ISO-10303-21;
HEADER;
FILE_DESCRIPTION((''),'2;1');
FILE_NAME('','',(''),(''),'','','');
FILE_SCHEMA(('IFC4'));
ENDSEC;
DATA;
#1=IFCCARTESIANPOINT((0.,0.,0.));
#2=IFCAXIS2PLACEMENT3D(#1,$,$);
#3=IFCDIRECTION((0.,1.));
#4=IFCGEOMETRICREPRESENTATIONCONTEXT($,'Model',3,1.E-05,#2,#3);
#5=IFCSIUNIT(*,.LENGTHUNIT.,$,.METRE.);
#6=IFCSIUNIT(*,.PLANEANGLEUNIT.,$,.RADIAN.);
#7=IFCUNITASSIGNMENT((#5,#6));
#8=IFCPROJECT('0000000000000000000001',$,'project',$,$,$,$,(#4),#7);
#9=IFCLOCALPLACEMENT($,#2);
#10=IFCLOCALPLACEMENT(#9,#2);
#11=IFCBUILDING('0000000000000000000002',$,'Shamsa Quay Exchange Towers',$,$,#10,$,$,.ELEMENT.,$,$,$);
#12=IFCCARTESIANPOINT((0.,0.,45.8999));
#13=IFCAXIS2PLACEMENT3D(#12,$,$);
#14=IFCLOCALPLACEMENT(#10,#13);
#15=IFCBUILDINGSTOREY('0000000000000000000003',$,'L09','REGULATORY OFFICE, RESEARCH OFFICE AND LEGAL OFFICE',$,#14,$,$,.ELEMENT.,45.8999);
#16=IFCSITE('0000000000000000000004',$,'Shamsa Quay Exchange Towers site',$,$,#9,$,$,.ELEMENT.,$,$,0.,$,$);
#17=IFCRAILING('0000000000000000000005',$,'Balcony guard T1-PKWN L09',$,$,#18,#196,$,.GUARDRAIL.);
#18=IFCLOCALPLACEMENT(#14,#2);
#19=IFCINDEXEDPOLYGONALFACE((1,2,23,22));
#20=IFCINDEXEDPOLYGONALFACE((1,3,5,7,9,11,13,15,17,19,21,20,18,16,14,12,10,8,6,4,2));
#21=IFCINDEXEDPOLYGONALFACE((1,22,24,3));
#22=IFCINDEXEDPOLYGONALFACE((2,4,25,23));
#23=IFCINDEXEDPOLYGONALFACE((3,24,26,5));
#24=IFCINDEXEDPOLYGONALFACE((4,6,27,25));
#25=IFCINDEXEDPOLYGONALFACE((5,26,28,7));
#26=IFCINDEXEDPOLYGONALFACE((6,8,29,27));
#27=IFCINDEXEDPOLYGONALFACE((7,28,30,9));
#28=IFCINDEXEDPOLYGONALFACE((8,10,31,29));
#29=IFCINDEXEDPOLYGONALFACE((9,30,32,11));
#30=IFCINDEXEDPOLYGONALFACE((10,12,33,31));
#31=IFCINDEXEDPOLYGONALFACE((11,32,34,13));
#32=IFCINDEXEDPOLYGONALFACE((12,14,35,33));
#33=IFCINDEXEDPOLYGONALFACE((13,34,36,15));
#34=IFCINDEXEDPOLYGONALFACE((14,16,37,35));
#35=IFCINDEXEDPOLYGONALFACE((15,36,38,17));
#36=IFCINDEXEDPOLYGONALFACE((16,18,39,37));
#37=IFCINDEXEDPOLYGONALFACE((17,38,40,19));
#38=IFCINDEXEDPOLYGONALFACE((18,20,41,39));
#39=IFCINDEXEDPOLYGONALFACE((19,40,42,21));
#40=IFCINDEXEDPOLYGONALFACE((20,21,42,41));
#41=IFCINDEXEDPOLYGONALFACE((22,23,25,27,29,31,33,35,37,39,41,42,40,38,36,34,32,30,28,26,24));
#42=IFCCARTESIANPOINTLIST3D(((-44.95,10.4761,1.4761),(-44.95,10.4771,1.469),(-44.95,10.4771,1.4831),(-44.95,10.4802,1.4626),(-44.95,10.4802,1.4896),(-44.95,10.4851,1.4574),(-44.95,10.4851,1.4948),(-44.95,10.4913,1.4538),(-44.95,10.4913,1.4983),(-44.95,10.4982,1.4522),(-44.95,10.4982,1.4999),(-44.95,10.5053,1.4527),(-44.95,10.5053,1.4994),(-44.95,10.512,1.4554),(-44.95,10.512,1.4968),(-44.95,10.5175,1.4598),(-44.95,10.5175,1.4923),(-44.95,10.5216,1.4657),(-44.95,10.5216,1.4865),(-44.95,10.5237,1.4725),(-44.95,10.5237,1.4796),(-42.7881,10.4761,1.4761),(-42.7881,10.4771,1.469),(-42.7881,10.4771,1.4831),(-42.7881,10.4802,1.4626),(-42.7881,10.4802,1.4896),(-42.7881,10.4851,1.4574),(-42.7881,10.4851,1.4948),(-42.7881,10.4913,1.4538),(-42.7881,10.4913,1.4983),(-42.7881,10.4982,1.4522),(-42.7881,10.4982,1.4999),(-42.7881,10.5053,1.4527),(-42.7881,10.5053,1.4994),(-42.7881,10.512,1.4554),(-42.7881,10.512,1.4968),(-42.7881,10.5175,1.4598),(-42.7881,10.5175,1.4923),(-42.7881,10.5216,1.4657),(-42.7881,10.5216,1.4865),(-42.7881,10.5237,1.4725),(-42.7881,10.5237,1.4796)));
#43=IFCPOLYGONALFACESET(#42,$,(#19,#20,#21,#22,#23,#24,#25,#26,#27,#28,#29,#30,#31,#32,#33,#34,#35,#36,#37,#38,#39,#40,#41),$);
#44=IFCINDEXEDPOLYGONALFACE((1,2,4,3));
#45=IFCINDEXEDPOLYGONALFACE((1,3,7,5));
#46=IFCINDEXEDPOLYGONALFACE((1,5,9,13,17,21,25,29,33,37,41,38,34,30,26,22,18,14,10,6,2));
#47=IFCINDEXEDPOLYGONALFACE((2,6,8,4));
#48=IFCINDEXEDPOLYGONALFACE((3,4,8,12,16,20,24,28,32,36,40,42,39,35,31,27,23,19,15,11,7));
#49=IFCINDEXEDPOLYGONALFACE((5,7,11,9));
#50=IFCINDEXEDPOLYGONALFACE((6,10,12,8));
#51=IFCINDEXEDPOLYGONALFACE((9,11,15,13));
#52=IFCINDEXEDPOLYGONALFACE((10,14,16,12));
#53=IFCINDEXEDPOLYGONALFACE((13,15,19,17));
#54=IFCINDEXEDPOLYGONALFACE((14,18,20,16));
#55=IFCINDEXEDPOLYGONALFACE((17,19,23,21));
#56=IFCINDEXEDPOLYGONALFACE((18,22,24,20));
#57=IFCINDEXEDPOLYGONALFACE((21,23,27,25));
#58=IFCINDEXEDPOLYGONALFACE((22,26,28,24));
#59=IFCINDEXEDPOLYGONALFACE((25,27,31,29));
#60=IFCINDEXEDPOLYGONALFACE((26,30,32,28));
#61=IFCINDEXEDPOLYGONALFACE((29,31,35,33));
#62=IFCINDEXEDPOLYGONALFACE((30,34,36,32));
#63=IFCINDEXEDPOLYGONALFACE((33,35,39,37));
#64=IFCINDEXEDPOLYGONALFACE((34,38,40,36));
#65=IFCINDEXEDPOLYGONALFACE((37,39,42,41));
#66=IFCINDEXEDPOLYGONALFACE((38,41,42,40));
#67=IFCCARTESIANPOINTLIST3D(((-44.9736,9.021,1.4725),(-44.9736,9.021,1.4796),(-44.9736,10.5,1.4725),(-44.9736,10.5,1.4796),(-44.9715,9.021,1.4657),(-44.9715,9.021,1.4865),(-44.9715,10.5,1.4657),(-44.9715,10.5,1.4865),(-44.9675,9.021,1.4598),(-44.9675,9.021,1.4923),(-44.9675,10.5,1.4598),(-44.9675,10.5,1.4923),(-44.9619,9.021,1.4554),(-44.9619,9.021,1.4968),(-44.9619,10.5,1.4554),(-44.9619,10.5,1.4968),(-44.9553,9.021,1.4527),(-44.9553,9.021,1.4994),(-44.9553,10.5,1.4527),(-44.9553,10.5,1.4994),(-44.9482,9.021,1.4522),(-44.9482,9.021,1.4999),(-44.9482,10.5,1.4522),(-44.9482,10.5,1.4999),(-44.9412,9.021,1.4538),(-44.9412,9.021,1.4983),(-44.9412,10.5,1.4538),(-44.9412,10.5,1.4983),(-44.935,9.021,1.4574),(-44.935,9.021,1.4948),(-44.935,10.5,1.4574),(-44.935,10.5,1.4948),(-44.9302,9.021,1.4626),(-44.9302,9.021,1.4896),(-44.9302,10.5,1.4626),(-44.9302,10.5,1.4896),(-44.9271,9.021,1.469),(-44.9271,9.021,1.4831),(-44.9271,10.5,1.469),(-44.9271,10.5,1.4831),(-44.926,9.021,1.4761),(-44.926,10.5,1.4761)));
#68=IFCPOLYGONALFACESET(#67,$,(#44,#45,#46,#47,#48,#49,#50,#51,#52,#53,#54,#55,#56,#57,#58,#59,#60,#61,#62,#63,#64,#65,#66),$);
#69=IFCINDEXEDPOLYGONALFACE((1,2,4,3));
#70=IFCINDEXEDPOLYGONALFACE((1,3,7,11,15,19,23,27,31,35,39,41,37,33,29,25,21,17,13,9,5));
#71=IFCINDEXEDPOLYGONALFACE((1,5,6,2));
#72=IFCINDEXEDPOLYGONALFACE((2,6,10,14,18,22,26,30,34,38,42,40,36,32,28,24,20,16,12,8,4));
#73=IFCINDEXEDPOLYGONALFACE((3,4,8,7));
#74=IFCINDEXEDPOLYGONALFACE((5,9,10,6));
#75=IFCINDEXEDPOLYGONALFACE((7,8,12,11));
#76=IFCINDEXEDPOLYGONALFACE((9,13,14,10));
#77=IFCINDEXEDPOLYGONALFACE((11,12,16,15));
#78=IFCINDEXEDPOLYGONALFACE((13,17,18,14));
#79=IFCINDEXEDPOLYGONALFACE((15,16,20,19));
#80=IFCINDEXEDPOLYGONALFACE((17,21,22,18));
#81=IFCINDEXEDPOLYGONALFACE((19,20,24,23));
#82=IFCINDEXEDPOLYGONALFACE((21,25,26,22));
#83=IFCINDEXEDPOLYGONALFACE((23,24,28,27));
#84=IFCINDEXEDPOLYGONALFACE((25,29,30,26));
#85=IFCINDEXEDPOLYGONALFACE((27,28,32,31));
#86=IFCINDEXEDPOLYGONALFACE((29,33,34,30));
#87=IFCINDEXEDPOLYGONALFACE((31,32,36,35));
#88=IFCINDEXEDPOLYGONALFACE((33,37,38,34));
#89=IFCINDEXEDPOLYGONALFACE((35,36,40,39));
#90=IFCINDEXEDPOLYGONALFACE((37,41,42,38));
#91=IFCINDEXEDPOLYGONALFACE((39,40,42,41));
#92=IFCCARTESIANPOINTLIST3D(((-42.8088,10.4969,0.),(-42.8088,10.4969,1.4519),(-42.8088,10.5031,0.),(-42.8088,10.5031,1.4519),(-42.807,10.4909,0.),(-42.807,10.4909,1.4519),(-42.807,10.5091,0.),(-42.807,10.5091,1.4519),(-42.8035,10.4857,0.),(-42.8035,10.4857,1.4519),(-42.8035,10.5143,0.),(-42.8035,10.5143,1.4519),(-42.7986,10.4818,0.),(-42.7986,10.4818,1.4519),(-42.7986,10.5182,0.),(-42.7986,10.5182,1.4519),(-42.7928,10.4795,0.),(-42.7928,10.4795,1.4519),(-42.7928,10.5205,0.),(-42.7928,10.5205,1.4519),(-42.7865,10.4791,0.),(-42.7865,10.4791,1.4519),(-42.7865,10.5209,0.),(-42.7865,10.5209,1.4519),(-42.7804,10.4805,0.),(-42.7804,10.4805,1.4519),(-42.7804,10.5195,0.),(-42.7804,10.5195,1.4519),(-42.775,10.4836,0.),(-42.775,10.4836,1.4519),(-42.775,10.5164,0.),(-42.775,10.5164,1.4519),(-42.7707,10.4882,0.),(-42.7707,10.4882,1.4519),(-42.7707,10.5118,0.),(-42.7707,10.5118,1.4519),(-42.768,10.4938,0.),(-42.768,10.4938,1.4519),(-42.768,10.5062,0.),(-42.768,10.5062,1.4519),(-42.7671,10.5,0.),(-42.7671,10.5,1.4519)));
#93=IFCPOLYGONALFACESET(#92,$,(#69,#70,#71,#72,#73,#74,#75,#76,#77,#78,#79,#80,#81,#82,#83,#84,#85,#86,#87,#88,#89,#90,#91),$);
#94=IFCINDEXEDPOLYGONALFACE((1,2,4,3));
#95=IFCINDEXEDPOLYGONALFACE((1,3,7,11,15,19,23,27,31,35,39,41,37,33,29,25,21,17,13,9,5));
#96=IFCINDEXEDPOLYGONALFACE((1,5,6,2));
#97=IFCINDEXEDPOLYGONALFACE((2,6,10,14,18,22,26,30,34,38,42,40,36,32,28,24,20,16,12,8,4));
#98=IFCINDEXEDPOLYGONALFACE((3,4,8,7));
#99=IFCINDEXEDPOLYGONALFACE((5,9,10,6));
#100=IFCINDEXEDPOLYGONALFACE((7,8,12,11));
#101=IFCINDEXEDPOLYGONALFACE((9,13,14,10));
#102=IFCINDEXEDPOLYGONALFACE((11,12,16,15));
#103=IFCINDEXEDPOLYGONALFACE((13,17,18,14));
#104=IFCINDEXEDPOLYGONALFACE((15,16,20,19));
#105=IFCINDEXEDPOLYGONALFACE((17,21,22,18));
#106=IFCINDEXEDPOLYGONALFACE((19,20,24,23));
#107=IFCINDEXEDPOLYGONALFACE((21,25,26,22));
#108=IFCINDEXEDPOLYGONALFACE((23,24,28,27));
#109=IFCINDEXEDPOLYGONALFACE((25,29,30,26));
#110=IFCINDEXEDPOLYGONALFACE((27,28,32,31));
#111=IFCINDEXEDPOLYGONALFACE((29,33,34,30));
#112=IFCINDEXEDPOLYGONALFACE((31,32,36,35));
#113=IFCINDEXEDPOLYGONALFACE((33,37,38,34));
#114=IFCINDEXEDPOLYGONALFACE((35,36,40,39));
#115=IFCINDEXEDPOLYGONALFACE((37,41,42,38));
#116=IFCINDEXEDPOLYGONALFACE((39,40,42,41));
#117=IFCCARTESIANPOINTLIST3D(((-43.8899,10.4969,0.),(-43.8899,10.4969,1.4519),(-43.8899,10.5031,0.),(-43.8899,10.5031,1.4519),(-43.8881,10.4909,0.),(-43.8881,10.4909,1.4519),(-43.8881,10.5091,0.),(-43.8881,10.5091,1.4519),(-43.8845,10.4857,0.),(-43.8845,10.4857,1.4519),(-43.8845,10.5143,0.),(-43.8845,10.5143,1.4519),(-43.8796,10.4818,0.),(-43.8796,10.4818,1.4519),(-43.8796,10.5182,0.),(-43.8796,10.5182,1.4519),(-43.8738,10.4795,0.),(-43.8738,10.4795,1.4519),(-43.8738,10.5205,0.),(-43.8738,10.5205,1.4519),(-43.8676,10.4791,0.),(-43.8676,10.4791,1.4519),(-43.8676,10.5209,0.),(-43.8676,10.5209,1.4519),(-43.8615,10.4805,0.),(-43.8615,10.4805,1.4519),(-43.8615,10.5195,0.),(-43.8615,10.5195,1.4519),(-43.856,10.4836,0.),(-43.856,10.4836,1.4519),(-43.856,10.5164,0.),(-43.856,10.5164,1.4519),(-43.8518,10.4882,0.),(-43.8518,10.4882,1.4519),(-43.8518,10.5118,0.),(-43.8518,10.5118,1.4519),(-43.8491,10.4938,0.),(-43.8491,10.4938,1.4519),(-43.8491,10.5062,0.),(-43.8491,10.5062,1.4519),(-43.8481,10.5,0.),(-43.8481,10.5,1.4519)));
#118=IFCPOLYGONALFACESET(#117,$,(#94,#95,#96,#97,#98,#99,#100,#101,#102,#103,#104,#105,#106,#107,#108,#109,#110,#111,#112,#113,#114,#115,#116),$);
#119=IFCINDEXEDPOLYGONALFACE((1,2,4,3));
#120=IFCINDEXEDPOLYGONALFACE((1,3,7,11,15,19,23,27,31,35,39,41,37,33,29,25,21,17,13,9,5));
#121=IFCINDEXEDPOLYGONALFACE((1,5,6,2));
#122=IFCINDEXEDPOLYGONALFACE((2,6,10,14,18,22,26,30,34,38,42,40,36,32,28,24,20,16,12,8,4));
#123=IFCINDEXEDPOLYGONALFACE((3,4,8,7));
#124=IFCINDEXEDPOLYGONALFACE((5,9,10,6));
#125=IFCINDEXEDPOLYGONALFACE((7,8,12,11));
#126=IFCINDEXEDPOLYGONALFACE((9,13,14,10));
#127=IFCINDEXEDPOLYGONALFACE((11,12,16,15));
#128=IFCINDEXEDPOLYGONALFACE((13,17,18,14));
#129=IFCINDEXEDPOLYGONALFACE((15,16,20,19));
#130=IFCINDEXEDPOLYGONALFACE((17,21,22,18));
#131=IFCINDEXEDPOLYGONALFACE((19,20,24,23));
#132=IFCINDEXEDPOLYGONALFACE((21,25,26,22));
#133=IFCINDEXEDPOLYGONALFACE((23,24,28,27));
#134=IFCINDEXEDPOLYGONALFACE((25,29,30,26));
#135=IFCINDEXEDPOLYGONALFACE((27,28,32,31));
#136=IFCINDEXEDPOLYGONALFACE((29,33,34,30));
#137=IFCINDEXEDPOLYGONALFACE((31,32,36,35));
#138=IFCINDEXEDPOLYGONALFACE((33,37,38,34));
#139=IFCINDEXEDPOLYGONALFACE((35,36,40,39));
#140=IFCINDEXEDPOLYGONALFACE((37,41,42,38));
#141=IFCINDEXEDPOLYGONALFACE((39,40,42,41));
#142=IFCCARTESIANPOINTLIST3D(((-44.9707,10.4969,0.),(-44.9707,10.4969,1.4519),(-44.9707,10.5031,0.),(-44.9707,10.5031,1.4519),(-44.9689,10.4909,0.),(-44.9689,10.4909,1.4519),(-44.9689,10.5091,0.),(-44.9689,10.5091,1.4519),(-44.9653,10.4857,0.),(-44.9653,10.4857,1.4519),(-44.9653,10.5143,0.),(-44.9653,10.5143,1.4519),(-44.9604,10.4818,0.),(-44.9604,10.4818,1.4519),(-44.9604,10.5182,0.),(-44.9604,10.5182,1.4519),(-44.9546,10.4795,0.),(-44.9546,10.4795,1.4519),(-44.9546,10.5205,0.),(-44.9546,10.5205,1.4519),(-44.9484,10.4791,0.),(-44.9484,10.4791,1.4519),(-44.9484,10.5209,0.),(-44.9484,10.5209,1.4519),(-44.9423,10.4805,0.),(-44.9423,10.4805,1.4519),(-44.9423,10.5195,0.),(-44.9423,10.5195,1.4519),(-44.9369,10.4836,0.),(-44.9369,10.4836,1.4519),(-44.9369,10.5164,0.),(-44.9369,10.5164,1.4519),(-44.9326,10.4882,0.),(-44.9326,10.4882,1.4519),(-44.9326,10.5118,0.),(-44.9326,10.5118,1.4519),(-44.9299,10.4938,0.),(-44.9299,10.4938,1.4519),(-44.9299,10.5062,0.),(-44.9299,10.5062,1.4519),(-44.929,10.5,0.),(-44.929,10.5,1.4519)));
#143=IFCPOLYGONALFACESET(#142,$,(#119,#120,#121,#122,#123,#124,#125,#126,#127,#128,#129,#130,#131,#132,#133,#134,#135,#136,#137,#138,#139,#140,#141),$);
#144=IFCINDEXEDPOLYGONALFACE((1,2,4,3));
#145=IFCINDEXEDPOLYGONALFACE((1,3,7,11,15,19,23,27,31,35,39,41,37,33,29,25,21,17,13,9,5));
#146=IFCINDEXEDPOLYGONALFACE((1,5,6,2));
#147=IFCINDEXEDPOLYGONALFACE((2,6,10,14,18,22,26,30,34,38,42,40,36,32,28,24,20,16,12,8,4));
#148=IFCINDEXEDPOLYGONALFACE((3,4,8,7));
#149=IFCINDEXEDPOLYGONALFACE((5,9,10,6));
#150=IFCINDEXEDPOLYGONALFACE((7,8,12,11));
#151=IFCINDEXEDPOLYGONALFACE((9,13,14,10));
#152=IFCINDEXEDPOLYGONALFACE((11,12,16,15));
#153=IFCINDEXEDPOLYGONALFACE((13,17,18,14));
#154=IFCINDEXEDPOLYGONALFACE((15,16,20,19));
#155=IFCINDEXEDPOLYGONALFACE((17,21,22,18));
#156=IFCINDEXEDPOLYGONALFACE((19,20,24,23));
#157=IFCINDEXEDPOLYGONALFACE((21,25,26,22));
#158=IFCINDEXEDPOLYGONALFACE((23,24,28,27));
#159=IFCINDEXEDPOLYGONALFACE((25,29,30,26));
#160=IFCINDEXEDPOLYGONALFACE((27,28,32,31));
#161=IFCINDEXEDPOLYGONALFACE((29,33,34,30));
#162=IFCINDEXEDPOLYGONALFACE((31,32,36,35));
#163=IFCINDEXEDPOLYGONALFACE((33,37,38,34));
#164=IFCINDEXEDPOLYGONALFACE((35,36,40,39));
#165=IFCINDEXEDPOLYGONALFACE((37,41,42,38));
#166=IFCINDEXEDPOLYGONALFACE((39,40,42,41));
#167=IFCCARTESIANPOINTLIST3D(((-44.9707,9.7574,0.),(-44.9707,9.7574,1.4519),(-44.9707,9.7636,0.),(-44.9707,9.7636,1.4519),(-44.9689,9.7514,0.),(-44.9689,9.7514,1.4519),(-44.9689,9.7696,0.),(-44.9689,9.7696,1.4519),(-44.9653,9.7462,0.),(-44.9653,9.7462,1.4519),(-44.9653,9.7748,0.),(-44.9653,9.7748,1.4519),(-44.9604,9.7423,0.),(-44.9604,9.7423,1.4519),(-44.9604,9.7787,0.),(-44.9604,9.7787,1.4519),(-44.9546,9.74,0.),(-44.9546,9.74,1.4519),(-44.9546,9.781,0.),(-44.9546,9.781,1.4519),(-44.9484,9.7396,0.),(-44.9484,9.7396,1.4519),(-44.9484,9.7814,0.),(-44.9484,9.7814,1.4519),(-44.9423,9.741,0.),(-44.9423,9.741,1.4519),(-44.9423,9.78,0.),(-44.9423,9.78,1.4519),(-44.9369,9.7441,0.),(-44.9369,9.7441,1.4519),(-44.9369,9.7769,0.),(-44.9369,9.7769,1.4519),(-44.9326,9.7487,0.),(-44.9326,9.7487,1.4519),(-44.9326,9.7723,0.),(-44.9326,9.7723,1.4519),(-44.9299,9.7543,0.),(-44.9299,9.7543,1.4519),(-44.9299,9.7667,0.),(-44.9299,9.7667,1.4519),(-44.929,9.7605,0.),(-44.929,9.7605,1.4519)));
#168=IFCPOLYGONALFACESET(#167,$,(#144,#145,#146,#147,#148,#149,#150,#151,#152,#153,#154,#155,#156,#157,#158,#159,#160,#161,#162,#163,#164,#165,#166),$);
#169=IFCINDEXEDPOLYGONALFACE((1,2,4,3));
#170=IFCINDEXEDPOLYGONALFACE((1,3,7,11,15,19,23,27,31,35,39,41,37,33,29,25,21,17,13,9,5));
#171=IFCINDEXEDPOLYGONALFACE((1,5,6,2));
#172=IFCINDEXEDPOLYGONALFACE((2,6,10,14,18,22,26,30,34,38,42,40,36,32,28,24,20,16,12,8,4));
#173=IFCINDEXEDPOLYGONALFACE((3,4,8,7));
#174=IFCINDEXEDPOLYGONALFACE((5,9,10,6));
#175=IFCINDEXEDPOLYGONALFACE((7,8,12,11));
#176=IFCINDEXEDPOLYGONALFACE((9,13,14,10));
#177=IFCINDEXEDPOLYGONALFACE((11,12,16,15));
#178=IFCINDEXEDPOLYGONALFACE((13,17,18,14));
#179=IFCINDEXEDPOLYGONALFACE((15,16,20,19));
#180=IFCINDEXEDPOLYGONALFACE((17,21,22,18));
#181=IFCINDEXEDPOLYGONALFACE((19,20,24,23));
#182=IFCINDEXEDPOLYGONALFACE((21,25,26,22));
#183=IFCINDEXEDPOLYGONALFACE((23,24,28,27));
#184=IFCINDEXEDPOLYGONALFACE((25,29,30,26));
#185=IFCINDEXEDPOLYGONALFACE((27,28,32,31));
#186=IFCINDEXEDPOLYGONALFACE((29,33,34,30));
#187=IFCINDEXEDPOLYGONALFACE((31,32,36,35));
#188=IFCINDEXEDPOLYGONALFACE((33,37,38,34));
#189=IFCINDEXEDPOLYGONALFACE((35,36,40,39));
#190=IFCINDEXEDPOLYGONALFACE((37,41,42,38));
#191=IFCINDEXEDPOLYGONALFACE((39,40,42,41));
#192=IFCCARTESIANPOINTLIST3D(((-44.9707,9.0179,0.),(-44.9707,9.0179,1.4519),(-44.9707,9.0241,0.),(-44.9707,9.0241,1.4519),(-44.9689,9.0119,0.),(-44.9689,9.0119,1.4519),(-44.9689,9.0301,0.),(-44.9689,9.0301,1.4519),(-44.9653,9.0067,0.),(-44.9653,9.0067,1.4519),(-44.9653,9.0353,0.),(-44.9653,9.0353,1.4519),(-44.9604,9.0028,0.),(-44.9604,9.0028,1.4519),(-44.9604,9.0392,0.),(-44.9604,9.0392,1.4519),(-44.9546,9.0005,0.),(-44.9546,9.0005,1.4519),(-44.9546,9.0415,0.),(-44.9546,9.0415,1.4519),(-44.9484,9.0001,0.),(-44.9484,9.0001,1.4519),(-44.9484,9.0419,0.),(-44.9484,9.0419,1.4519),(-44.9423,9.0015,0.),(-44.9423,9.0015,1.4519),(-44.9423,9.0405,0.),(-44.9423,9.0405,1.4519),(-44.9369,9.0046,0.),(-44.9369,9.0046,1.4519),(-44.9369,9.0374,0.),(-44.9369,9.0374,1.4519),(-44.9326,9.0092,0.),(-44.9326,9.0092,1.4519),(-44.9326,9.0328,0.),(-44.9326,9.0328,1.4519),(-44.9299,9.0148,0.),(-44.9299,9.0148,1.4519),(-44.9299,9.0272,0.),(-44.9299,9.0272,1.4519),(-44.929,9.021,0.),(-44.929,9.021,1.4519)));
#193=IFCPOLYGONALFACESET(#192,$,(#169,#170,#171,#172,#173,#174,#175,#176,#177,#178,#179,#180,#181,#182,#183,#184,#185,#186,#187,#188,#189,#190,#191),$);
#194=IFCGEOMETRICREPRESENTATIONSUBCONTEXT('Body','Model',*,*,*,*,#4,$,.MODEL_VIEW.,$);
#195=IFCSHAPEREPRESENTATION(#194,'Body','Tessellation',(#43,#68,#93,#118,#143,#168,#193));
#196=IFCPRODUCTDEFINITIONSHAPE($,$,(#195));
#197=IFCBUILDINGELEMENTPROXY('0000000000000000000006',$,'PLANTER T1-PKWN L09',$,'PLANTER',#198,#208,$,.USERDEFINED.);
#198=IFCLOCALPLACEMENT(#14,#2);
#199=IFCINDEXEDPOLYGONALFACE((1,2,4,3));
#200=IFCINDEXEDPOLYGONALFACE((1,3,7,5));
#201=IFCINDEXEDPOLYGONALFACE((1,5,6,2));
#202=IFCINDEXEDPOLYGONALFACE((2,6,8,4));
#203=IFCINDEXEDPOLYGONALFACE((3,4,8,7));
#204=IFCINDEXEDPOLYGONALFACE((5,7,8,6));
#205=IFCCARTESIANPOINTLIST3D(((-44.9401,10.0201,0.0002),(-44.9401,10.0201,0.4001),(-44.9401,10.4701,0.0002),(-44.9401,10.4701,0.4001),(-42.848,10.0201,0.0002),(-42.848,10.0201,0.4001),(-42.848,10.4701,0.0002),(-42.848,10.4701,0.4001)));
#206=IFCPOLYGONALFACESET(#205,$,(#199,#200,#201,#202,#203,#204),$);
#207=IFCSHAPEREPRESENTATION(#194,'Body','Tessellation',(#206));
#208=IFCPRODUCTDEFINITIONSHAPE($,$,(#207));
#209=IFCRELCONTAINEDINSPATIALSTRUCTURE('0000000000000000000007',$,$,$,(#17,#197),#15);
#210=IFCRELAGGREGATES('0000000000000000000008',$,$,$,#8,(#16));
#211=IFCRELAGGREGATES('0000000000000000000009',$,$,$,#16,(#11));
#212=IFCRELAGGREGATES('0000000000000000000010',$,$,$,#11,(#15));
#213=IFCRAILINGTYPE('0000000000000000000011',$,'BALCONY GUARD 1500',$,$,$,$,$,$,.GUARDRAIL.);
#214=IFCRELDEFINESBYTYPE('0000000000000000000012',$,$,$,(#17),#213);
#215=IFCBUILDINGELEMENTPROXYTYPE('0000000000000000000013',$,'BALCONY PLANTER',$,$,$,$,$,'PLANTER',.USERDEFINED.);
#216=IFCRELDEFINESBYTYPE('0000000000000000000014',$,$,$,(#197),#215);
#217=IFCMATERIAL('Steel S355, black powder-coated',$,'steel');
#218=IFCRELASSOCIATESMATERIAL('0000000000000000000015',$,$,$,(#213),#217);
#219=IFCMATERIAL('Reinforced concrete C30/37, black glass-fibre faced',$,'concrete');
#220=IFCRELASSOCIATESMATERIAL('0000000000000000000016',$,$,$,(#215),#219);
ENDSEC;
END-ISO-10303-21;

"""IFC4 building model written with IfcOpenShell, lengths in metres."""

from ifc_helpers import new_model, si_unit, direction, frame, origin, origin_2d, place, context, subcontext, project, spatial, rectangle, circle, extrude, material, type_object, element, save


model = new_model("IFC4")

# Units and contexts
model_context = context("Model", 3, precision=1e-05, world=origin(), true_north=direction((0.0, 1.0)))
body_context = subcontext(model_context, "Body", "Model", "MODEL_VIEW")
ifc_project = project(units=[si_unit("LENGTHUNIT", "METRE"), si_unit("PLANEANGLEUNIT", "RADIAN")], contexts=[model_context])

# Site, building, storey
site_placement = place(None, origin())
site = spatial("IfcSite", under=ifc_project, at=site_placement, Name="Shamsa Quay Exchange Towers site", CompositionType="ELEMENT", RefElevation=0.0)
building_placement = place(site_placement, origin())
building = spatial("IfcBuilding", under=site, at=building_placement, Name="Shamsa Quay Exchange Towers", CompositionType="ELEMENT")
storey_placement = place(building_placement, frame((0.0, 0.0, 45.8999)))
storey = spatial("IfcBuildingStorey", under=building, at=storey_placement, Name="L09", Description="REGULATORY OFFICE, RESEARCH OFFICE AND LEGAL OFFICE", CompositionType="ELEMENT", Elevation=45.8999)

# Railing
ifc_material_1 = material(Name="Steel S355, black powder-coated", Category="steel")
railing_type = type_object("IfcRailingType", Name="BALCONY GUARD 1500", PredefinedType="GUARDRAIL", material=ifc_material_1)
railing_placement = place(storey_placement, frame((-42.7881, 10.5, 0.0)))
element("IfcRailing", 1, at=railing_placement, inside=storey, type_object=railing_type, Name="Balcony guard T1-PKWN L09", PredefinedType="GUARDRAIL", context=body_context, shape_type="SweptSolid", body=[
    extrude(circle(Radius=0.0239, at=origin_2d()), frame((0.0, 0.0, 1.4761), z_axis=(-1.0, 0.0, 0.0), x_axis=(0.0, -1.0, 0.0)), (0.0, 0.0, 1.0), 2.1619),
    extrude(circle(Radius=0.0239, at=origin_2d()), frame((-2.1619, 0.0, 1.4761), z_axis=(0.0, -1.0, 0.0), x_axis=(1.0, 0.0, 0.0)), (0.0, 0.0, 1.0), 1.479),
    extrude(circle(Radius=0.021, at=origin_2d()), origin(), (0.0, 0.0, 1.0), 1.4519),
    extrude(circle(Radius=0.021, at=origin_2d()), frame((-1.0811, 0.0, 0.0)), (0.0, 0.0, 1.0), 1.4519),
    extrude(circle(Radius=0.021, at=origin_2d()), frame((-2.1619, 0.0, 0.0)), (0.0, 0.0, 1.0), 1.4519),
    extrude(circle(Radius=0.021, at=origin_2d()), frame((-2.1619, -0.7395, 0.0)), (0.0, 0.0, 1.0), 1.4519),
    extrude(circle(Radius=0.021, at=origin_2d()), frame((-2.1619, -1.479, 0.0)), (0.0, 0.0, 1.0), 1.4519),
])

# Building element proxy
ifc_material_2 = material(Name="Reinforced concrete C30/37, black glass-fibre faced", Category="concrete")
building_element_proxy_type = type_object("IfcBuildingElementProxyType", Name="BALCONY PLANTER", ElementType="PLANTER", PredefinedType="USERDEFINED", material=ifc_material_2)
proxy_placement = place(storey_placement, frame((-43.894, 10.2451, 0.0002), z_axis=(0.0, 0.0, 1.0), x_axis=(-1.0, 0.0, 0.0)))
element("IfcBuildingElementProxy", 2, at=proxy_placement, inside=storey, type_object=building_element_proxy_type, Name="PLANTER T1-PKWN L09", ObjectType="PLANTER", PredefinedType="USERDEFINED", context=body_context, shape_type="SweptSolid", body=[
    extrude(rectangle(XDim=2.092, YDim=0.45, at=origin_2d()), origin(), (0.0, 0.0, 1.0), 0.3999),
])

save(model, "model.ifc")
